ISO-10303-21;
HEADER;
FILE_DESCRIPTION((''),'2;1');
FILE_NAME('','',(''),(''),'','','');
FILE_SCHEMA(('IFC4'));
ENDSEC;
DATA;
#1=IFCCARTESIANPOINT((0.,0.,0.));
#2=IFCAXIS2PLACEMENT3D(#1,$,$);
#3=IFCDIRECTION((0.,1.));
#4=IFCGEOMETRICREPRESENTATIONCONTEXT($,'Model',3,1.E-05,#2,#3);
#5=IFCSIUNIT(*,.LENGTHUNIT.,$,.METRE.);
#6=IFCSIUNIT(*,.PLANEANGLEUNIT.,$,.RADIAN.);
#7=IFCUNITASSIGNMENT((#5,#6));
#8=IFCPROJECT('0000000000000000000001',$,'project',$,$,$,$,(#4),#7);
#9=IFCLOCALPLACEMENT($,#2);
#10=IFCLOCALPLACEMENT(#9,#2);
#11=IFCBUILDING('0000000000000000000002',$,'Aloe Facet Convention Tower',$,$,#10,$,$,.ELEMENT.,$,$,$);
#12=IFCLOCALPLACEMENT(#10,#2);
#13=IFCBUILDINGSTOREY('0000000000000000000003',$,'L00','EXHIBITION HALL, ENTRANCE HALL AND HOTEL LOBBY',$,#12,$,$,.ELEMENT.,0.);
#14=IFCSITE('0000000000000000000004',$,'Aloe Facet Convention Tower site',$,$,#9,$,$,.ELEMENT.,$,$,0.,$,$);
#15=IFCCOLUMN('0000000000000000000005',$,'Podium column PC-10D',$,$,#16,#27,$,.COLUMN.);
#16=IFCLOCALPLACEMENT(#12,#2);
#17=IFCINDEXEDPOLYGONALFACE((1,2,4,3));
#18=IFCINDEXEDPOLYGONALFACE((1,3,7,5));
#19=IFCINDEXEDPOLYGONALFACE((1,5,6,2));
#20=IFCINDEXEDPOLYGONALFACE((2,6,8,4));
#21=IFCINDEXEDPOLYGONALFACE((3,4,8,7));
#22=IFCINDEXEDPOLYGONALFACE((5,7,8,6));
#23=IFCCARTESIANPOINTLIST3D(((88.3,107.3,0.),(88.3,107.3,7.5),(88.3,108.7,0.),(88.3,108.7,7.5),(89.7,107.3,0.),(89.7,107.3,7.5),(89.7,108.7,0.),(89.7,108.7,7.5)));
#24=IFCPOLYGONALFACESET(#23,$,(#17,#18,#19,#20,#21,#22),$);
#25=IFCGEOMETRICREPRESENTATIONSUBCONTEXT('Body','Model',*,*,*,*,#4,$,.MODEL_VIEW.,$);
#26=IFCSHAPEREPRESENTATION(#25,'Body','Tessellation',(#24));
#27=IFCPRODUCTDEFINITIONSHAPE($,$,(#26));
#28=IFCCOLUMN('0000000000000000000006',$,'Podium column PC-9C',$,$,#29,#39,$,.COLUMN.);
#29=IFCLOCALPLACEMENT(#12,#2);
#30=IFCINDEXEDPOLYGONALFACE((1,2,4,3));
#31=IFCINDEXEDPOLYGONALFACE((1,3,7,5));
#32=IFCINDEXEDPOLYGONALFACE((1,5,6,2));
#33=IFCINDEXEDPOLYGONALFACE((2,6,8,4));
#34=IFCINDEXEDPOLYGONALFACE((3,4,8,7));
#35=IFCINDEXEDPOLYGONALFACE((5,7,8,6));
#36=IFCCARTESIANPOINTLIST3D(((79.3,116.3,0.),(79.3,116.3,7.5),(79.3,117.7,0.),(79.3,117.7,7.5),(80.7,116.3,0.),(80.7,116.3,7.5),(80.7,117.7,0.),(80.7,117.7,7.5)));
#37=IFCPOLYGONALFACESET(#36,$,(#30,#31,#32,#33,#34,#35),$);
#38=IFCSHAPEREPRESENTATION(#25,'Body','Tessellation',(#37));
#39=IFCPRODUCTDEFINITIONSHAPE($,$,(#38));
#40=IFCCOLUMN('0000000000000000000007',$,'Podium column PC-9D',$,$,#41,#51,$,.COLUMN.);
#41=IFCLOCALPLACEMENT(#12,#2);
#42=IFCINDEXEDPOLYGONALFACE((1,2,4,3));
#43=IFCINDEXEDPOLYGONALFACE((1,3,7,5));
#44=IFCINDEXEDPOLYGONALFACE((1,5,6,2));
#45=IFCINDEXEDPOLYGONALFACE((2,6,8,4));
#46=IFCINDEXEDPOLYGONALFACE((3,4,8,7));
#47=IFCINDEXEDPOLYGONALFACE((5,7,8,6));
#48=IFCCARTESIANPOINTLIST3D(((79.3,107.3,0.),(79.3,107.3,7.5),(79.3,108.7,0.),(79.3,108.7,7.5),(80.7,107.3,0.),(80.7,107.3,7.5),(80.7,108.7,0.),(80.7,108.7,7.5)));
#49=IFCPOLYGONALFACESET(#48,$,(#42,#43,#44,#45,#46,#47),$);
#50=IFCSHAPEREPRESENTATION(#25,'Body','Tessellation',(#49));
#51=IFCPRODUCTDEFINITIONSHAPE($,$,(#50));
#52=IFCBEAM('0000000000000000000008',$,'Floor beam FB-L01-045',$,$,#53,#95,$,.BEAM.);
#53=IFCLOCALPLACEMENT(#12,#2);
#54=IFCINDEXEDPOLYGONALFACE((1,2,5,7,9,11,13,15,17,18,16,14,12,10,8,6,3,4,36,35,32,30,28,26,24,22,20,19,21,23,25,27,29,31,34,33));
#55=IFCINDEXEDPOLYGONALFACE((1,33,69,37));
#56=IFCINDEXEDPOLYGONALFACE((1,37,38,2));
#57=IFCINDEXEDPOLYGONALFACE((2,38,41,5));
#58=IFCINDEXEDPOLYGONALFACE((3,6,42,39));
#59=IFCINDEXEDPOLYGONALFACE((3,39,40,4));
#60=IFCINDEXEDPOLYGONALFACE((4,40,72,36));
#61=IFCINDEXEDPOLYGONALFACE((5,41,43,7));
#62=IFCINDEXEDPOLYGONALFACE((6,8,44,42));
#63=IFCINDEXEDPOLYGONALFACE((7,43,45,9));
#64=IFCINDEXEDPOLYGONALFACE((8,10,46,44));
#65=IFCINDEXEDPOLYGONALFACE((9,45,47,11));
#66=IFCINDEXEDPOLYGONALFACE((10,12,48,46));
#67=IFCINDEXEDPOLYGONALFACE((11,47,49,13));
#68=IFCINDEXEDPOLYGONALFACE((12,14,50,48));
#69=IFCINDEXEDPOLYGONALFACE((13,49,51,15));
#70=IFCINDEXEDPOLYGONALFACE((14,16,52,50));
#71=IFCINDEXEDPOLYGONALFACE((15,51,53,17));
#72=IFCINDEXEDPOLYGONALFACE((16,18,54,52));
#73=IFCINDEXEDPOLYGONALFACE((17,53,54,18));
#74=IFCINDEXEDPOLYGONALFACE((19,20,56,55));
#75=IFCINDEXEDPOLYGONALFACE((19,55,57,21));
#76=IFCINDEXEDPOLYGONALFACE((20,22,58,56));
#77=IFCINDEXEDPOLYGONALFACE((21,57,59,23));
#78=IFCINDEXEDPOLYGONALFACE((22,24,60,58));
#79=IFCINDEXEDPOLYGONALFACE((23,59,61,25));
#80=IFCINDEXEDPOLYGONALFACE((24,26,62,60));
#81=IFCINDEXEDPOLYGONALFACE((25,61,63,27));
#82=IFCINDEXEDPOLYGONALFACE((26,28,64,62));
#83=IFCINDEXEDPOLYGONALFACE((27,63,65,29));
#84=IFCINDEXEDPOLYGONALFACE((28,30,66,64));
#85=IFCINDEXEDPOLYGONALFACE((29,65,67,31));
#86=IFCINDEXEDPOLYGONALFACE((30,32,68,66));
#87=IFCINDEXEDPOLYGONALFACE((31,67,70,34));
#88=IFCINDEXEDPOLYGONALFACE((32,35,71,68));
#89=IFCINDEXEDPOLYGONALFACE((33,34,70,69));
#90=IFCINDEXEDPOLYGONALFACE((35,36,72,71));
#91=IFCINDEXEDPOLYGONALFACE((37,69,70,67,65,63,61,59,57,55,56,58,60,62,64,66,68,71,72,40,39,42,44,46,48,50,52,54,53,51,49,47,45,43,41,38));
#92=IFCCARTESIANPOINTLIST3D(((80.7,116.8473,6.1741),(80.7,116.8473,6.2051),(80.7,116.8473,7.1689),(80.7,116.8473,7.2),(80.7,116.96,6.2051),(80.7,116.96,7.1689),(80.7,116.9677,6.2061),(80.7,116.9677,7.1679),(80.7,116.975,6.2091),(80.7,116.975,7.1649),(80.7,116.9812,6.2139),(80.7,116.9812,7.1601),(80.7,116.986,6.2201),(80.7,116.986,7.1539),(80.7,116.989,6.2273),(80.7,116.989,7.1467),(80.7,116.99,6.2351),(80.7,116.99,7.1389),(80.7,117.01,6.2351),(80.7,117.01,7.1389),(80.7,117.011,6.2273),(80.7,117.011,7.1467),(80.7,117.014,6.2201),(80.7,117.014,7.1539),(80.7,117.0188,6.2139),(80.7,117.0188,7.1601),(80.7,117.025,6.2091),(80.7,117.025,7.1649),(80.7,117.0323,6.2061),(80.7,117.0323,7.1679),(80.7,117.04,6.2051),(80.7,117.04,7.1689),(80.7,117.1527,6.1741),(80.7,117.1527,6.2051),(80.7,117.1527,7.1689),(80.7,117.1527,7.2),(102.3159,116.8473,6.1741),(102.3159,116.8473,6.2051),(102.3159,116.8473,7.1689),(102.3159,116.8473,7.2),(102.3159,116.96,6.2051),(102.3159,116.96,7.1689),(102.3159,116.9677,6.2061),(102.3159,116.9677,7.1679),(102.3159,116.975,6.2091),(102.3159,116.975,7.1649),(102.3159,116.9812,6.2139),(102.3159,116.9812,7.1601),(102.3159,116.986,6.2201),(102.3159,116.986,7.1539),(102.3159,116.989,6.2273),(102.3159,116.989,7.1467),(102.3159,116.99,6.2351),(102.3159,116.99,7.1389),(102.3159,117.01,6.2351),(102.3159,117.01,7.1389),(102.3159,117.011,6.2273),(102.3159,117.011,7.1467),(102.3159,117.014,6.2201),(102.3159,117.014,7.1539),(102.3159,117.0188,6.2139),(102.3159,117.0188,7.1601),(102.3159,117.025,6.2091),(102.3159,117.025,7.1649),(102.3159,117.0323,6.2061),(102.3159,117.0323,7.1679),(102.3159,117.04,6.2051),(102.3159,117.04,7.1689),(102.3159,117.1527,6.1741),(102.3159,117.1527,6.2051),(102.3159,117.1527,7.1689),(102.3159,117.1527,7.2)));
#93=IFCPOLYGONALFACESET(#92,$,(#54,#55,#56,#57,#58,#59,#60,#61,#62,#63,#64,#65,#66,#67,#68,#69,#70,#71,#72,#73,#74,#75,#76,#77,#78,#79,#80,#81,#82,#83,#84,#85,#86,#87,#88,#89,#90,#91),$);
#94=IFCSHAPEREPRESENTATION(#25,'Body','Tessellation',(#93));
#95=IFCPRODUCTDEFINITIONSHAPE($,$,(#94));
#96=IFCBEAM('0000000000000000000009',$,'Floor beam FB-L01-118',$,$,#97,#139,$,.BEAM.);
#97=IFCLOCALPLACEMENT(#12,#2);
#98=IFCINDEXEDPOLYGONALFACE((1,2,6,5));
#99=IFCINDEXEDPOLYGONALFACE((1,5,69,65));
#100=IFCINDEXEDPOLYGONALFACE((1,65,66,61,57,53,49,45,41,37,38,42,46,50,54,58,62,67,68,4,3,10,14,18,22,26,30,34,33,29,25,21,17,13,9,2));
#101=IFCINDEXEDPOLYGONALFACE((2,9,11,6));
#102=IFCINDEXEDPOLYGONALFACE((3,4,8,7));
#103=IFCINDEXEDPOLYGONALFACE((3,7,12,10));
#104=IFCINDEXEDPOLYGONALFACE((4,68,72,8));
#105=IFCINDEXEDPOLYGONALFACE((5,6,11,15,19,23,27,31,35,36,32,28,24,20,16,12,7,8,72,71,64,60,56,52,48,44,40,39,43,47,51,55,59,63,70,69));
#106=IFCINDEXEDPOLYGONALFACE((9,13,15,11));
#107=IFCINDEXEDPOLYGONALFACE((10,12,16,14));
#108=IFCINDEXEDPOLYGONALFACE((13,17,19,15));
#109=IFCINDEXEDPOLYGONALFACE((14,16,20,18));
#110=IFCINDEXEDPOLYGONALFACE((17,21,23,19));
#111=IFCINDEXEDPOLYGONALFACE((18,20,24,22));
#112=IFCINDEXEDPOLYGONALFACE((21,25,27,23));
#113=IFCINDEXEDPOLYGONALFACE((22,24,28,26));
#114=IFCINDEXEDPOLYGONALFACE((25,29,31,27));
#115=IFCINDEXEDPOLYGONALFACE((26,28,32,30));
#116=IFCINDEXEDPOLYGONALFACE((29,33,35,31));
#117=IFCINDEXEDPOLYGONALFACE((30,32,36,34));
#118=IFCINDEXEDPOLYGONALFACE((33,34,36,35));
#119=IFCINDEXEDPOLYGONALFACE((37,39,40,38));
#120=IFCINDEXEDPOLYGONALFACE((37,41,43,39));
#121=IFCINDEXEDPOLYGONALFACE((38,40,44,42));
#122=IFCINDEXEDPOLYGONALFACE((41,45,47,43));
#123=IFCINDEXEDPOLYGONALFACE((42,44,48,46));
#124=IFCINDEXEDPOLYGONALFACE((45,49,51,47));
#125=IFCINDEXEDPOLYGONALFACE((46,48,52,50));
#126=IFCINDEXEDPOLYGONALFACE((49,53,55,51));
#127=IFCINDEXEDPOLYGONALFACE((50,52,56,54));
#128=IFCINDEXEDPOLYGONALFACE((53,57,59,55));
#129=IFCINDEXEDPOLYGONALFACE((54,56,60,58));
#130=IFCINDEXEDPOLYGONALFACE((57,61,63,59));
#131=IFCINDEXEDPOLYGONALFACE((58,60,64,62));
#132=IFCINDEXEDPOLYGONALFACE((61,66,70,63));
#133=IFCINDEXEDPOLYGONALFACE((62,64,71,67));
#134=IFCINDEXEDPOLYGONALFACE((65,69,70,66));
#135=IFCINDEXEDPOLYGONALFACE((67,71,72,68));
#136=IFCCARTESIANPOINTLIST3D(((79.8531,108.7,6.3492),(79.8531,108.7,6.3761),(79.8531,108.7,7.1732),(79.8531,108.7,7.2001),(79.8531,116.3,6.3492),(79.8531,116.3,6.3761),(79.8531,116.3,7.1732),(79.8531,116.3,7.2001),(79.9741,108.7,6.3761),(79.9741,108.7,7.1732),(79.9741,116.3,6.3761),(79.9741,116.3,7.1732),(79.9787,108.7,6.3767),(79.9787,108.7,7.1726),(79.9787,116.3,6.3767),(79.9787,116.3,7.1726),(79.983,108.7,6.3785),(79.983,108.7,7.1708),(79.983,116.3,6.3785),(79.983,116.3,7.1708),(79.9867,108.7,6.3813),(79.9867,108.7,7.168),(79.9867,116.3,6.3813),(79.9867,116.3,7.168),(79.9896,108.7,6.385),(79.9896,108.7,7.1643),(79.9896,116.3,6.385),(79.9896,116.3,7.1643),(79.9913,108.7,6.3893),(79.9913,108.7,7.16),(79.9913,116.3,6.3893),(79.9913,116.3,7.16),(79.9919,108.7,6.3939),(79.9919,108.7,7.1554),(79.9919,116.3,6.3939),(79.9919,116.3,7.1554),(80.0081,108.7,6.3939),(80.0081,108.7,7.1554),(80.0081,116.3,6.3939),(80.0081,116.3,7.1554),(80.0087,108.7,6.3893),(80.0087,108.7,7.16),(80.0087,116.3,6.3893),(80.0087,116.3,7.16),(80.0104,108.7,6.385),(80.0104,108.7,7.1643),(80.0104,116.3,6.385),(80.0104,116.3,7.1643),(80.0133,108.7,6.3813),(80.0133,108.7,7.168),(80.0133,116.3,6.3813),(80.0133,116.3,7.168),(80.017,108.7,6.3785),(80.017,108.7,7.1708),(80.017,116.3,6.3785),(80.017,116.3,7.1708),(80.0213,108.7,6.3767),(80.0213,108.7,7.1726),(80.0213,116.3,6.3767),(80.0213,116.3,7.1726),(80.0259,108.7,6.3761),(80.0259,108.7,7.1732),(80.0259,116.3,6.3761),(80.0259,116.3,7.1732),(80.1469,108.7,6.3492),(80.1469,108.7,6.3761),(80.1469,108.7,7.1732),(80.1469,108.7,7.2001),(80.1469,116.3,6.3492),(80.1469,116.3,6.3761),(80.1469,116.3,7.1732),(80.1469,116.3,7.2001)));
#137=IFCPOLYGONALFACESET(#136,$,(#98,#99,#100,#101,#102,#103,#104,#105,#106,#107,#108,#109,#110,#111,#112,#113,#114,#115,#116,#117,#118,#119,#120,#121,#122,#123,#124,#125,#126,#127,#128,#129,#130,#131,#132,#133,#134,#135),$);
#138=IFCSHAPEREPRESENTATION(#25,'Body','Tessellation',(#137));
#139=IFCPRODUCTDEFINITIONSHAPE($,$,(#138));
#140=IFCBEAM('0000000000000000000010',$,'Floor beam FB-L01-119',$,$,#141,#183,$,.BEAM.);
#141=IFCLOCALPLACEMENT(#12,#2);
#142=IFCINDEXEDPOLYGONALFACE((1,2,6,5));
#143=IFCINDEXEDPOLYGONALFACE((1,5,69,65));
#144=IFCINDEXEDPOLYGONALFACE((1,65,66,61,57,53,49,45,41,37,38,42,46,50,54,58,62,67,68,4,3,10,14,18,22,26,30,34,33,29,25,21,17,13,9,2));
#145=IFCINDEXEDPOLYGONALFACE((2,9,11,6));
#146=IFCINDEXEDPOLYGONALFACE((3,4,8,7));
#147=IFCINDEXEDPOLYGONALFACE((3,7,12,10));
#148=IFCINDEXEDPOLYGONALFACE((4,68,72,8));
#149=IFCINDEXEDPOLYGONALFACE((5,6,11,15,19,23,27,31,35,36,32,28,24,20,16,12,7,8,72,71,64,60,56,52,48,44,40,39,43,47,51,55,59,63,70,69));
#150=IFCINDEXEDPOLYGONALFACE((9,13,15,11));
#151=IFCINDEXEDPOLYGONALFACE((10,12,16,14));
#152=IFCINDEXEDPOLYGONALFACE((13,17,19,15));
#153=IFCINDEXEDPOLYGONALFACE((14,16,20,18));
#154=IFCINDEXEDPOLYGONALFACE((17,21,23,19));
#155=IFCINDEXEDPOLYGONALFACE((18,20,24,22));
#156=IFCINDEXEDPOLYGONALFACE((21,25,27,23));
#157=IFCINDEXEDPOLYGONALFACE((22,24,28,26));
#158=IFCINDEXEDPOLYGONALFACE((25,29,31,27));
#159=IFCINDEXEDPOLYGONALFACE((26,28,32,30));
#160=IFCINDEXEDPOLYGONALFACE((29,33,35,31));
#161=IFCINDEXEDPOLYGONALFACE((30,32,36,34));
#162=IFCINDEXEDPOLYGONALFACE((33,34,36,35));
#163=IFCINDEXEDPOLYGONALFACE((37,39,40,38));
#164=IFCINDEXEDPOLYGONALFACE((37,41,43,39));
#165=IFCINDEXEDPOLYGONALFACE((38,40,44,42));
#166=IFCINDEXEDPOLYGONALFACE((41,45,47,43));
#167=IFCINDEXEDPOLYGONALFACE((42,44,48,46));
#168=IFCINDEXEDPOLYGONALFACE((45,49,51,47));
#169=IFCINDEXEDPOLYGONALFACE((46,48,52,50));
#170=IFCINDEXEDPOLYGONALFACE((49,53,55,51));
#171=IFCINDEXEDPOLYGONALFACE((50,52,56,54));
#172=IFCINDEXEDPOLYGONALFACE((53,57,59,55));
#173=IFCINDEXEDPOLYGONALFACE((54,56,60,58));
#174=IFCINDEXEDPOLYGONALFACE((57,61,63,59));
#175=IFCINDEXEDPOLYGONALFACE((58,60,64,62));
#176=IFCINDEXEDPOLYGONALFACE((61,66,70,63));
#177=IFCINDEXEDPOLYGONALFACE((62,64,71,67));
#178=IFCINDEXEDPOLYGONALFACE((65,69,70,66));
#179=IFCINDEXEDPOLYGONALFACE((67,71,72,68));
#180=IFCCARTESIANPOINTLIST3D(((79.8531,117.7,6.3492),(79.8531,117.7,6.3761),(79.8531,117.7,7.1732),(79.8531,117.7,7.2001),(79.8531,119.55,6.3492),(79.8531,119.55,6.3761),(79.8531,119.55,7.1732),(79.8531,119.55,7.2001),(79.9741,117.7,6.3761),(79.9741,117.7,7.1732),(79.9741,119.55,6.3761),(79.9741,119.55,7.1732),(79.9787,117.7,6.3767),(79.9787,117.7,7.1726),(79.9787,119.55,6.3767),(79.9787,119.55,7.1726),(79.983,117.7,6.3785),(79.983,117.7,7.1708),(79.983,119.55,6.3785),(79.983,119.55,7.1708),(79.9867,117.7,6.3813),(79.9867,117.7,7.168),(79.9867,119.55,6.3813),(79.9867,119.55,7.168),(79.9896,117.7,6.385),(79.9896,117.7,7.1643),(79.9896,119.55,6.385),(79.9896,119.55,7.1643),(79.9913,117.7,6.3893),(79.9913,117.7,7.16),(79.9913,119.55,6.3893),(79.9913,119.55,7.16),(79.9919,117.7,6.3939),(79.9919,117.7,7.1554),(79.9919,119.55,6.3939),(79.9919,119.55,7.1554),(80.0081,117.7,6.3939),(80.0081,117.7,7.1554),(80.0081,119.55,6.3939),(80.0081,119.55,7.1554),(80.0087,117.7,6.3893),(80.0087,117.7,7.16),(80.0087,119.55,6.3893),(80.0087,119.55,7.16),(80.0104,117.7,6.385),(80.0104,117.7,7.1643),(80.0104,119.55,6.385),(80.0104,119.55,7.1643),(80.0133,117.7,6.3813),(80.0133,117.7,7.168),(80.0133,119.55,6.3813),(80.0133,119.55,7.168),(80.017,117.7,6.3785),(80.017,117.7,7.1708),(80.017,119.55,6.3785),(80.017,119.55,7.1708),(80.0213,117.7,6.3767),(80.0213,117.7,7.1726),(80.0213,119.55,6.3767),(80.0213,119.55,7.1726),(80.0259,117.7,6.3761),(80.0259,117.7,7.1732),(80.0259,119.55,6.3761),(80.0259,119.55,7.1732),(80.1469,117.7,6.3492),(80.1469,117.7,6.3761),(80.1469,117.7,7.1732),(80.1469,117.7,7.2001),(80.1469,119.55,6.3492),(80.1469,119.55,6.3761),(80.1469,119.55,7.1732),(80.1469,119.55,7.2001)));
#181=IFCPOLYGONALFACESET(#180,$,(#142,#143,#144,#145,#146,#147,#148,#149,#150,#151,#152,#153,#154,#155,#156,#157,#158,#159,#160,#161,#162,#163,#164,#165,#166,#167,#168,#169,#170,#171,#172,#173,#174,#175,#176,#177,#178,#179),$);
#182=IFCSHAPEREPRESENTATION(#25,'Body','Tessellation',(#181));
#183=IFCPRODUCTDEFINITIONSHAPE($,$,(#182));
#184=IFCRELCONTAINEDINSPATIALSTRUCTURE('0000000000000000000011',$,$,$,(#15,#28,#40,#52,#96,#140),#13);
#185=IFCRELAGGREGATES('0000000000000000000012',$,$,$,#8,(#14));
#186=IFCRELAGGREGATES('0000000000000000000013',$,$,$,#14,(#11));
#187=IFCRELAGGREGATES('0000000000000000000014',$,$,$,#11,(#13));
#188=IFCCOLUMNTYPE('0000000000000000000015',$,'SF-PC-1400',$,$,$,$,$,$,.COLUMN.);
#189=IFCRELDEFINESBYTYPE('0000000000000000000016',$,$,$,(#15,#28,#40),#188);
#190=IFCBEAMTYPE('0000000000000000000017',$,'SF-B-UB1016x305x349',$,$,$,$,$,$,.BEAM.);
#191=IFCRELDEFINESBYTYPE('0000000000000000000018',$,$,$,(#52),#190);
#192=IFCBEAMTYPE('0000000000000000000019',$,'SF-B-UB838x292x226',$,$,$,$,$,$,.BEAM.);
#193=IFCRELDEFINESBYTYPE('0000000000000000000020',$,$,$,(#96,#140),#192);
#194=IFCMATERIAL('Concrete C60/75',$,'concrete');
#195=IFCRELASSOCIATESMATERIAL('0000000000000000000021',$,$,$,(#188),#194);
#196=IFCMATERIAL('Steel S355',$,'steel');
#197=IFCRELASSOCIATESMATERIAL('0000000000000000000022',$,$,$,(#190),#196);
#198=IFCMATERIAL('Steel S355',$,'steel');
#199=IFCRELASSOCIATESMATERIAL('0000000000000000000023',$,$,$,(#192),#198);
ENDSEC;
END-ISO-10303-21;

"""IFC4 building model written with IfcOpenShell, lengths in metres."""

from ifc_helpers import new_model, si_unit, direction, frame, origin, origin_2d, place, context, subcontext, project, spatial, rectangle, i_section, extrude, material, material_profile, profile_set, type_object, element, save


model = new_model("IFC4")

# Units and contexts
model_context = context("Model", 3, precision=1e-05, world=origin(), true_north=direction((0.0, 1.0)))
body_context = subcontext(model_context, "Body", "Model", "MODEL_VIEW")
ifc_project = project(units=[si_unit("LENGTHUNIT", "METRE"), si_unit("PLANEANGLEUNIT", "RADIAN")], contexts=[model_context])

# Site, building, storey
site_placement = place(None, origin())
site = spatial("IfcSite", under=ifc_project, at=site_placement, Name="Aloe Facet Convention Tower site", CompositionType="ELEMENT", RefElevation=0.0)
building_placement = place(site_placement, origin())
building = spatial("IfcBuilding", under=site, at=building_placement, Name="Aloe Facet Convention Tower", CompositionType="ELEMENT")
storey_placement = place(building_placement, origin())
storey = spatial("IfcBuildingStorey", under=building, at=storey_placement, Name="L00", Description="EXHIBITION HALL, ENTRANCE HALL AND HOTEL LOBBY", CompositionType="ELEMENT", Elevation=0.0)

# Columns
ifc_material_1 = material(Name="Concrete C60/75", Category="concrete")
ifc_material_profile_1 = material_profile(ifc_material_1, rectangle(XDim=1.3999, YDim=1.3999, at=origin_2d()), Name="SF-PC-1400")
ifc_profile_set_1 = profile_set([ifc_material_profile_1], Name="Concrete C60/75")
column_type = type_object("IfcColumnType", Name="SF-PC-1400", PredefinedType="COLUMN", material=ifc_profile_set_1)
for number, where, z_axis, x_axis, name in (
    (1, (89.0, 108.0, 0.0), (0.0, 0.0, 1.0), (1.0, 0.0, 0.0), "Podium column PC-10D"),
    (2, (80.0, 117.0, 0.0), (0.0, 0.0, 1.0), (1.0, 0.0, 0.0), "Podium column PC-9C"),
    (3, (80.0, 108.0, 0.0), (0.0, 0.0, 1.0), (1.0, 0.0, 0.0), "Podium column PC-9D"),
):
    element("IfcColumn", number, at=place(storey_placement, frame(where, z_axis=z_axis, x_axis=x_axis)), inside=storey, type_object=column_type, Name=name, PredefinedType="COLUMN", context=body_context, shape_type="SweptSolid", body=[
        extrude(rectangle(XDim=1.3999, YDim=1.3999, at=origin_2d()), origin(), (0.0, 0.0, 1.0), 7.5),
    ])

# Beams
ifc_material_2 = material(Name="Steel S355", Category="steel")
ifc_material_profile_2 = material_profile(ifc_material_2, i_section(OverallWidth=0.3054, OverallDepth=1.0259, WebThickness=0.02, FlangeThickness=0.031, FilletRadius=0.03, at=origin_2d()), Name="UB 1016x305x349")
ifc_profile_set_2 = profile_set([ifc_material_profile_2], Name="Steel S355")
beam_type_1 = type_object("IfcBeamType", Name="SF-B-UB1016x305x349", PredefinedType="BEAM", material=ifc_profile_set_2)
beam_1_placement = place(storey_placement, frame((80.7, 117.0, 6.687), z_axis=(1.0, 0.0, 0.0), x_axis=(0.0, 1.0, 0.0)))
element("IfcBeam", 4, at=beam_1_placement, inside=storey, type_object=beam_type_1, Name="Floor beam FB-L01-045", PredefinedType="BEAM", context=body_context, shape_type="SweptSolid", body=[
    extrude(i_section(OverallWidth=0.3054, OverallDepth=1.0259, WebThickness=0.02, FlangeThickness=0.031, FilletRadius=0.03, at=origin_2d()), origin(), (0.0, 0.0, 1.0), 21.616),
])
ifc_material_3 = material(Name="Steel S355", Category="steel")
ifc_material_profile_3 = material_profile(ifc_material_3, i_section(OverallWidth=0.2937, OverallDepth=0.8508, WebThickness=0.0161, FlangeThickness=0.0269, FilletRadius=0.0178, at=origin_2d()), Name="UB 838x292x226")
ifc_profile_set_3 = profile_set([ifc_material_profile_3], Name="Steel S355")
beam_type_2 = type_object("IfcBeamType", Name="SF-B-UB838x292x226", PredefinedType="BEAM", material=ifc_profile_set_3)
beam_2_placement = place(storey_placement, frame((80.0, 108.7, 6.7747), z_axis=(0.0, 1.0, 0.0), x_axis=(-1.0, 0.0, 0.0)))
element("IfcBeam", 5, at=beam_2_placement, inside=storey, type_object=beam_type_2, Name="Floor beam FB-L01-118", PredefinedType="BEAM", context=body_context, shape_type="SweptSolid", body=[
    extrude(i_section(OverallWidth=0.2937, OverallDepth=0.8508, WebThickness=0.0161, FlangeThickness=0.0269, FilletRadius=0.0178, at=origin_2d()), origin(), (0.0, 0.0, 1.0), 7.6001),
])
beam_3_placement = place(storey_placement, frame((80.0, 117.7, 6.7747), z_axis=(0.0, 1.0, 0.0), x_axis=(-1.0, 0.0, 0.0)))
element("IfcBeam", 6, at=beam_3_placement, inside=storey, type_object=beam_type_2, Name="Floor beam FB-L01-119", PredefinedType="BEAM", context=body_context, shape_type="SweptSolid", body=[
    extrude(i_section(OverallWidth=0.2937, OverallDepth=0.8508, WebThickness=0.0161, FlangeThickness=0.0269, FilletRadius=0.0178, at=origin_2d()), origin(), (0.0, 0.0, 1.0), 1.8501),
])

save(model, "model.ifc")
